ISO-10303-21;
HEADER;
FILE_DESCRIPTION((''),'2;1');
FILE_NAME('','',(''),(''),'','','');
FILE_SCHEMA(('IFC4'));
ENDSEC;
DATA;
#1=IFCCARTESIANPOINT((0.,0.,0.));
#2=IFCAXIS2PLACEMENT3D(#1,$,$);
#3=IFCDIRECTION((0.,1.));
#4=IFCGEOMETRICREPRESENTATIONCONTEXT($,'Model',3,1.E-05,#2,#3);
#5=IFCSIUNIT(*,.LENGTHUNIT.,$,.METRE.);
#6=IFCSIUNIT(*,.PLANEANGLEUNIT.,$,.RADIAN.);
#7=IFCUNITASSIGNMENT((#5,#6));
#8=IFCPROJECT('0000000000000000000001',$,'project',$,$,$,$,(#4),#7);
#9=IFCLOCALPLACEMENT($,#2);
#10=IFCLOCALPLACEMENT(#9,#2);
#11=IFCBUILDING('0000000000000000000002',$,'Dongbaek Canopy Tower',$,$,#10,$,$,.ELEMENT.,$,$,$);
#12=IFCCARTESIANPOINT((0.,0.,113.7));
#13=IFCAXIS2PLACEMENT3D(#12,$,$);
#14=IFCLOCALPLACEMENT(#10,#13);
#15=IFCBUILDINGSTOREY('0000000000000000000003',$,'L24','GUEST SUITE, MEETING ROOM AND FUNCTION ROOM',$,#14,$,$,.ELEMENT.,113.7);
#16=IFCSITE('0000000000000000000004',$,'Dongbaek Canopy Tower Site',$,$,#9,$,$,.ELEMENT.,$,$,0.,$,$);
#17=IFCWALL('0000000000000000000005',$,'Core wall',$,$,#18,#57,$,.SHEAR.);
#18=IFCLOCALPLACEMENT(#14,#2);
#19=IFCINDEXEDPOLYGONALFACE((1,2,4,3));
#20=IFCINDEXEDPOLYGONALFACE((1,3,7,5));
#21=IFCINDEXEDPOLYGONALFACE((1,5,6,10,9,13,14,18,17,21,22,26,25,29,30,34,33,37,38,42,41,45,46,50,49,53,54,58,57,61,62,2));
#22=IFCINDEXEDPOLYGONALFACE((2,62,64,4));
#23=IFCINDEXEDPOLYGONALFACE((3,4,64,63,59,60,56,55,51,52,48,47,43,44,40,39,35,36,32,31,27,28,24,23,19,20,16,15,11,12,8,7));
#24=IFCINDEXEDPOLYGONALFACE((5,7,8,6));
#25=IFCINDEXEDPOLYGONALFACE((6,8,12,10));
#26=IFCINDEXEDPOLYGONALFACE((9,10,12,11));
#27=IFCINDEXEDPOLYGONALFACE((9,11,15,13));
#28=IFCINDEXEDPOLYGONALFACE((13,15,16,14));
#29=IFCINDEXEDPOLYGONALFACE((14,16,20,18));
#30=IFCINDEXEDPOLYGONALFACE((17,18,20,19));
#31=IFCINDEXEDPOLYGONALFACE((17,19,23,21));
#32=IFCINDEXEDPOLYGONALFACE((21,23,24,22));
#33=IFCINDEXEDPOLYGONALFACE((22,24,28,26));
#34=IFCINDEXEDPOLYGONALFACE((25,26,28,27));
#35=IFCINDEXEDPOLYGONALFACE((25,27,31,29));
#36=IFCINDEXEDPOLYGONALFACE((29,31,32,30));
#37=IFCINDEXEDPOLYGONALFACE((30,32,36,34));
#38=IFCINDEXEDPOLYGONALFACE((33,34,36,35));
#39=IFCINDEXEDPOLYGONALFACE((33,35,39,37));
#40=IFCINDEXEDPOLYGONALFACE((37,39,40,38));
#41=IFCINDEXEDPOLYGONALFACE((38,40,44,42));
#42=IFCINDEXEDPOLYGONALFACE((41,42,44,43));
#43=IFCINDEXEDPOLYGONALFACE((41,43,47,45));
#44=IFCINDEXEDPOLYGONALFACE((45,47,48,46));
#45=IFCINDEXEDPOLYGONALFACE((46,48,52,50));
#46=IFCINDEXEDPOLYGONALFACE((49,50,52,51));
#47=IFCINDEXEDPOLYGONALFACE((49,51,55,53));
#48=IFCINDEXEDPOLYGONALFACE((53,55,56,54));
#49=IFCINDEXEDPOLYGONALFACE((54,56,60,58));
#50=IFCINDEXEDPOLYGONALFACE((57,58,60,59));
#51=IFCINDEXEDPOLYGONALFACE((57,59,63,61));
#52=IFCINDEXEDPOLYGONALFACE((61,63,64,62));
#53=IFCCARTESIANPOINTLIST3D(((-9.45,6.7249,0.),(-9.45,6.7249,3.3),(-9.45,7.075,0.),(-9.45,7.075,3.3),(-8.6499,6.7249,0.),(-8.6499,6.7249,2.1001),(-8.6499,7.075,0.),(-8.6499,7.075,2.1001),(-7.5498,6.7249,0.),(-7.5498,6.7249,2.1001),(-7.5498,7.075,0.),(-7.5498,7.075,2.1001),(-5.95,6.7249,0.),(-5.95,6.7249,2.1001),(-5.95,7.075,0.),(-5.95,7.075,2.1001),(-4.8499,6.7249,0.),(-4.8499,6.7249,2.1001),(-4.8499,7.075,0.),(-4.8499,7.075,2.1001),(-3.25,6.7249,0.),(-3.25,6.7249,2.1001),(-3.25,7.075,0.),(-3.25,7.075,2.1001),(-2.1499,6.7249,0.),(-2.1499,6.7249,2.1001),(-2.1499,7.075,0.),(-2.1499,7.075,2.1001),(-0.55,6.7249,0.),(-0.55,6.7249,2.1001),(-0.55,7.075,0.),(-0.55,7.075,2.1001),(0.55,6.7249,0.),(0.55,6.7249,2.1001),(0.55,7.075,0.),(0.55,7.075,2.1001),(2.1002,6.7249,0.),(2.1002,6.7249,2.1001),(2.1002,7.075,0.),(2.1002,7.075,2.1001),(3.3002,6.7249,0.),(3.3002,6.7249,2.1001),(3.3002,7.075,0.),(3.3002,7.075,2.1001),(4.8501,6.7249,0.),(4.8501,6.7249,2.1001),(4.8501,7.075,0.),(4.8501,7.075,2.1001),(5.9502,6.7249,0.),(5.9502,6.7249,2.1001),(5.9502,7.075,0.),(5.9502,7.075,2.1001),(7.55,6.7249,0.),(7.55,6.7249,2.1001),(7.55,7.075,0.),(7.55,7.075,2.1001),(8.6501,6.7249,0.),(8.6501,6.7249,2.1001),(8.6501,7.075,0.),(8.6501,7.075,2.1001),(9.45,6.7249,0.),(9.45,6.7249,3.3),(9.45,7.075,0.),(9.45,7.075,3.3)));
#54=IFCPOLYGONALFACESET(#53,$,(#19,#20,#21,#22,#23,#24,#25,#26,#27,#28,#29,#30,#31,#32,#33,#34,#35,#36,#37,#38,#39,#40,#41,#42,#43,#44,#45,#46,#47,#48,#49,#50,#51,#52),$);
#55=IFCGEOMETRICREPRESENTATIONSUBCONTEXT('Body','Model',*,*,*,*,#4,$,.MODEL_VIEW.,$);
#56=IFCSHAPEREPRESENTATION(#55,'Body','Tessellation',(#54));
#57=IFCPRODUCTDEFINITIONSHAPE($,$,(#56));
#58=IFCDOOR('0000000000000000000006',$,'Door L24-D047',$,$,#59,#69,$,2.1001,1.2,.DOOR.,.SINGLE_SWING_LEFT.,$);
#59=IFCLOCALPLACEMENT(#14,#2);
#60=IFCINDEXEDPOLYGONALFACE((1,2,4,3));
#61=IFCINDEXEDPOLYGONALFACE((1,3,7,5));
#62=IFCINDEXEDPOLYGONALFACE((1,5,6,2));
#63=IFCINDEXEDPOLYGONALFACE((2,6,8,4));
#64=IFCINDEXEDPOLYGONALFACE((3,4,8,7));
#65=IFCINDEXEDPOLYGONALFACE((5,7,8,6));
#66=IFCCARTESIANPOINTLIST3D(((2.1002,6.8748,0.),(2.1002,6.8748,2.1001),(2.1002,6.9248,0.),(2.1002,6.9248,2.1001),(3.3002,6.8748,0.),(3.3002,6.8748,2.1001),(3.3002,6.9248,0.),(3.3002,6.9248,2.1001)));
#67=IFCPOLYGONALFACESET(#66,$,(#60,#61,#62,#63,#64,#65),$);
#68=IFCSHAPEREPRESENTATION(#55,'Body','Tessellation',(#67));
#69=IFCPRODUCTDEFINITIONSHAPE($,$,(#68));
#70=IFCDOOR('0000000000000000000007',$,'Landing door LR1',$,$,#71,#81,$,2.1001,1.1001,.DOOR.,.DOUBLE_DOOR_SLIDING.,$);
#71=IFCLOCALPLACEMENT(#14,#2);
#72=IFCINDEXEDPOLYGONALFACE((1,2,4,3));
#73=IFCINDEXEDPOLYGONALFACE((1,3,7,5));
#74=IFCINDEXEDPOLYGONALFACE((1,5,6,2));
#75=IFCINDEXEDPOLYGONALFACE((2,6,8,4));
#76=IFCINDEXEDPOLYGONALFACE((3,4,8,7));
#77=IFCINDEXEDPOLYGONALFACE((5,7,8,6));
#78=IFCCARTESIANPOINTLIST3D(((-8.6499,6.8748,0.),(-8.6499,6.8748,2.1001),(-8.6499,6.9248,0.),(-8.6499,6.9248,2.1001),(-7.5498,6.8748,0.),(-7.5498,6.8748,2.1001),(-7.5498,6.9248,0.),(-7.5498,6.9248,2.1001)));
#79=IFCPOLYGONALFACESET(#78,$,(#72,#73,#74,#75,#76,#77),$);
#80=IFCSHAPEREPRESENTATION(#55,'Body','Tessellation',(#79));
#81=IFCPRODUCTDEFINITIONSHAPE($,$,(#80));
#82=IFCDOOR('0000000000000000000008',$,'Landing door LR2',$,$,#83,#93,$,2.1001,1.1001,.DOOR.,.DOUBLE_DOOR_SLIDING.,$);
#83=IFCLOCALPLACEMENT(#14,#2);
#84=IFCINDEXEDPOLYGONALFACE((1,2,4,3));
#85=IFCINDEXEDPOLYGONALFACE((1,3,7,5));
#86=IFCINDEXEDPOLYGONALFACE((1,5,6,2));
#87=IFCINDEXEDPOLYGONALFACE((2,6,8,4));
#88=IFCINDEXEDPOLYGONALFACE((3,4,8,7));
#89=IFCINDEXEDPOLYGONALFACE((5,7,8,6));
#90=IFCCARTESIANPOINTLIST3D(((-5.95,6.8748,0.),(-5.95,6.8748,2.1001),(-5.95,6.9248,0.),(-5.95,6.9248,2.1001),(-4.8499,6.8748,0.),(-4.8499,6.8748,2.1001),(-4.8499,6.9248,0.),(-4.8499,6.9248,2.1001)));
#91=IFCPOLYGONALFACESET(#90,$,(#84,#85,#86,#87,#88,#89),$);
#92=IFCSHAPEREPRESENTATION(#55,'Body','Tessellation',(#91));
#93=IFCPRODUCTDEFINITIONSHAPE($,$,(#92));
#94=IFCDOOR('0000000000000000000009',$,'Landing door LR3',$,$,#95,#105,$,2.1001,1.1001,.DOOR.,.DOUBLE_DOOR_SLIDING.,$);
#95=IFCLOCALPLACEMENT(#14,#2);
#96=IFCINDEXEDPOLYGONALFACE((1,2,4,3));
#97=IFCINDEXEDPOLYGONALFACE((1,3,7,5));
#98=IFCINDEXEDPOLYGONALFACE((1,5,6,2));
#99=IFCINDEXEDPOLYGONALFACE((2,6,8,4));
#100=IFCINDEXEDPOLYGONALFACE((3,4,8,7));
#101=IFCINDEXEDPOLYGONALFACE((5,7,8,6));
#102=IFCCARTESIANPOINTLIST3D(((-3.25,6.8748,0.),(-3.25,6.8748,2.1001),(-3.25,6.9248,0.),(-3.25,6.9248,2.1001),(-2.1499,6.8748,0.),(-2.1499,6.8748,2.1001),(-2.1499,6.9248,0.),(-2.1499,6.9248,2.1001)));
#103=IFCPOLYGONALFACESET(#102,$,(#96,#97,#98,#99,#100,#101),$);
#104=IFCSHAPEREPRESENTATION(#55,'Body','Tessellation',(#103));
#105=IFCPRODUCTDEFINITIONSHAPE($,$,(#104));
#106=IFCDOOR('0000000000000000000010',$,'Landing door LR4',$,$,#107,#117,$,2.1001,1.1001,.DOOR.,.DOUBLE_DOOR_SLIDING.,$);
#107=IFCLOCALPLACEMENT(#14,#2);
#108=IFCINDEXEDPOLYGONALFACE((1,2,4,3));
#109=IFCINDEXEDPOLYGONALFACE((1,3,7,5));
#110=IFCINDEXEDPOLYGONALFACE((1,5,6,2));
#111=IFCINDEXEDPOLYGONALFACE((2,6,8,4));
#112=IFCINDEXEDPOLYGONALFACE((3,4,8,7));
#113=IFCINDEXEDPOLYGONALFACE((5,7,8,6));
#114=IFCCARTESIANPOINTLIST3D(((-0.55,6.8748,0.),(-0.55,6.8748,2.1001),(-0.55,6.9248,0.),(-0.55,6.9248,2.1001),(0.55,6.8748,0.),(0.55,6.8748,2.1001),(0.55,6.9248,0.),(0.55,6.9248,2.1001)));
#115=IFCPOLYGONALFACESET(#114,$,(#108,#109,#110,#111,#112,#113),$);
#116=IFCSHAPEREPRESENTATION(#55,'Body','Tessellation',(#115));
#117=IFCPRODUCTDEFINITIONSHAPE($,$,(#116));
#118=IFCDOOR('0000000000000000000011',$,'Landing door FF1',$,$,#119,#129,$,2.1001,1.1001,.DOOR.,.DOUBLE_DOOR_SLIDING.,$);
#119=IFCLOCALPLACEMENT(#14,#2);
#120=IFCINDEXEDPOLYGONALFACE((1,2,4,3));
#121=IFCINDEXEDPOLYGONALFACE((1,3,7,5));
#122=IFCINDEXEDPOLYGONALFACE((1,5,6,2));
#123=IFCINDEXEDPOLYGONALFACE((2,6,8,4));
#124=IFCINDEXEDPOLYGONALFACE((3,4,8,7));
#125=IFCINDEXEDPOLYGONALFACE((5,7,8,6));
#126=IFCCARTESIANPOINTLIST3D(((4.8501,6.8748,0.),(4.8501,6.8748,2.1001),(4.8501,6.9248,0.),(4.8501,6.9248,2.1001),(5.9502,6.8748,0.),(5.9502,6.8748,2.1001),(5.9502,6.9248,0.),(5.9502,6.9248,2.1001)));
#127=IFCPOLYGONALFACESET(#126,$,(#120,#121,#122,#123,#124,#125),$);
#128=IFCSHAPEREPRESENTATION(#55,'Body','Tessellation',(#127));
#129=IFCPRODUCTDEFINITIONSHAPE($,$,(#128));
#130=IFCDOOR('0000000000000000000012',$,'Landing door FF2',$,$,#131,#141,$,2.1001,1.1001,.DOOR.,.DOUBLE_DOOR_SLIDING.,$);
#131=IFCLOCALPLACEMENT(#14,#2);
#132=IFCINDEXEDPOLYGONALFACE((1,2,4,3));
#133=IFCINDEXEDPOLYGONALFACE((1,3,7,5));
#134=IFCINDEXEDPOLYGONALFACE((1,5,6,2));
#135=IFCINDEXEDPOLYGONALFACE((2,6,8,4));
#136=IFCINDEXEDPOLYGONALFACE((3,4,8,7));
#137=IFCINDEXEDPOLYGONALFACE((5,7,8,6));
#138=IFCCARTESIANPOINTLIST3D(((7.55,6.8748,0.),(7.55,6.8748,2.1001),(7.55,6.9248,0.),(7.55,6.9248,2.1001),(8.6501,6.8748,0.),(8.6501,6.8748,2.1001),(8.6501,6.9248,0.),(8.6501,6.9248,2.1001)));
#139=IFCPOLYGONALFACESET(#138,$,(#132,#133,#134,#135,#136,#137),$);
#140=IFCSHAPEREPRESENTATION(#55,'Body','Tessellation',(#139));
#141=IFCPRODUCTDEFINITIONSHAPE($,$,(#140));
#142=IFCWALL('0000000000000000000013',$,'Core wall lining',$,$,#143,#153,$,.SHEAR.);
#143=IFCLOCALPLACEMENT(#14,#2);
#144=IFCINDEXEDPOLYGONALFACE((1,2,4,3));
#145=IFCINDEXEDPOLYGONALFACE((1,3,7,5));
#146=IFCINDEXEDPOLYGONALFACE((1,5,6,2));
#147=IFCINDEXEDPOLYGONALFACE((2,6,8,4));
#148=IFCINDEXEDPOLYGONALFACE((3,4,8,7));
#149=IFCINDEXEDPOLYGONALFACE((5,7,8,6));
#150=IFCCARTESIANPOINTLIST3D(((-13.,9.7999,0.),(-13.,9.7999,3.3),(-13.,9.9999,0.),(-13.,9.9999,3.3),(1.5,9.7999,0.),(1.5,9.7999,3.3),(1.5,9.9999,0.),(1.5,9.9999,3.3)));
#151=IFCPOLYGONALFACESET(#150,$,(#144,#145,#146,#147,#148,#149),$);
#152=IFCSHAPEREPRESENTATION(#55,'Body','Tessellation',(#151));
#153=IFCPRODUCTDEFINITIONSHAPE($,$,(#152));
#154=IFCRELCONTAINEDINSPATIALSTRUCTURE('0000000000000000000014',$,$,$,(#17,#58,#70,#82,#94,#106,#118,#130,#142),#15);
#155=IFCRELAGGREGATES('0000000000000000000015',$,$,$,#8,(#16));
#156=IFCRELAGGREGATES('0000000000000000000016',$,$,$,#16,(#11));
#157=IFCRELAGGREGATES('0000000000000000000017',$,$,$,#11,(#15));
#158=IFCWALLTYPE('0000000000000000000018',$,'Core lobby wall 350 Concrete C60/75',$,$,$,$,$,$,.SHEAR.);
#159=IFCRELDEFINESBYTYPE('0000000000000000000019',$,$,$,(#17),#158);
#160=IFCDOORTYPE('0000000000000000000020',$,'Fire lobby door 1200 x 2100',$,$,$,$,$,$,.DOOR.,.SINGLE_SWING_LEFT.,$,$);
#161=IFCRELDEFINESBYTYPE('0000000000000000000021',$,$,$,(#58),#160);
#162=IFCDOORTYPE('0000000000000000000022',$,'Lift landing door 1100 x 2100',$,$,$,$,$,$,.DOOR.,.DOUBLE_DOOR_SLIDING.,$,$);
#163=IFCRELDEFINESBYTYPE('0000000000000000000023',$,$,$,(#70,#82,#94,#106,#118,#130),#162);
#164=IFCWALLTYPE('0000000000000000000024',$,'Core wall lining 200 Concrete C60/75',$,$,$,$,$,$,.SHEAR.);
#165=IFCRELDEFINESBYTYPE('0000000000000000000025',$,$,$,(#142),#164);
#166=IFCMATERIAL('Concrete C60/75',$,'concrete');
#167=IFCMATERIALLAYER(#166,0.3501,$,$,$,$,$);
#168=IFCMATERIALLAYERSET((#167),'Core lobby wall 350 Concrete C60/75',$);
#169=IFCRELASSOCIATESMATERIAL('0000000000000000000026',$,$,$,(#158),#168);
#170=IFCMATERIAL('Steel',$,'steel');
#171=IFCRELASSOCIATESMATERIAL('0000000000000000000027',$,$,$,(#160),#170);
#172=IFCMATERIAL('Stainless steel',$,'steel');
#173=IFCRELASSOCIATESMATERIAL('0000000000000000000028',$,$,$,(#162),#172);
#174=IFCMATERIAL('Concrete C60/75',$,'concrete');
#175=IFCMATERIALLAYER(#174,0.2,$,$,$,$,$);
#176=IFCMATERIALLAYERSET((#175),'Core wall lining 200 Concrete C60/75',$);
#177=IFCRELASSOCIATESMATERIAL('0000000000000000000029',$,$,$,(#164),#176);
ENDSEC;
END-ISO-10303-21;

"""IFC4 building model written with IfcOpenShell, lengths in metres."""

from ifc_helpers import new_model, si_unit, direction, frame, frame_2d, origin, place, context, subcontext, project, spatial, rectangle, extrude, material, layer, layer_set, type_object, element, fill, save


model = new_model("IFC4")

# Units and contexts
model_context = context("Model", 3, precision=1e-05, world=origin(), true_north=direction((0.0, 1.0)))
body_context = subcontext(model_context, "Body", "Model", "MODEL_VIEW")
ifc_project = project(units=[si_unit("LENGTHUNIT", "METRE"), si_unit("PLANEANGLEUNIT", "RADIAN")], contexts=[model_context])

# Site, building, storey
site_placement = place(None, origin())
site = spatial("IfcSite", under=ifc_project, at=site_placement, Name="Dongbaek Canopy Tower Site", CompositionType="ELEMENT", RefElevation=0.0)
building_placement = place(site_placement, origin())
building = spatial("IfcBuilding", under=site, at=building_placement, Name="Dongbaek Canopy Tower", CompositionType="ELEMENT")
storey_placement = place(building_placement, frame((0.0, 0.0, 113.7)))
storey = spatial("IfcBuildingStorey", under=building, at=storey_placement, Name="L24", Description="GUEST SUITE, MEETING ROOM AND FUNCTION ROOM", CompositionType="ELEMENT", Elevation=113.7)

# Wall, openings, doors
ifc_material_1 = material(Name="Concrete C60/75", Category="concrete")
ifc_layer_1 = layer(ifc_material_1, 0.3501)
ifc_layer_set_1 = layer_set([ifc_layer_1], Name="Core lobby wall 350 Concrete C60/75")
wall_type_1 = type_object("IfcWallType", Name="Core lobby wall 350 Concrete C60/75", PredefinedType="SHEAR", material=ifc_layer_set_1)
wall_1_placement = place(storey_placement, frame((-9.45, 6.8999, 0.0), z_axis=(0.0, 0.0, 1.0), x_axis=(1.0, 0.0, 0.0)))
wall_1 = element("IfcWall", 1, at=wall_1_placement, inside=storey, type_object=wall_type_1, Name="Core wall", PredefinedType="SHEAR", context=body_context, shape_type="SweptSolid", body=[
    extrude(rectangle(XDim=18.8999, YDim=0.3501, at=frame_2d((9.45, 0.0))), origin(), (0.0, 0.0, 1.0), 3.3),
])
opening_1_placement = place(wall_1_placement, frame((0.8, 0.0, 0.0)))
opening_1 = element("IfcOpeningElement", 2, at=opening_1_placement, cuts=wall_1, PredefinedType="OPENING", context=body_context, shape_type="SweptSolid", body=[
    extrude(rectangle(XDim=1.1001, YDim=2.1001, at=frame_2d((0.55, 1.05))), frame((0.0, 0.1851, 0.0), z_axis=(0.0, -1.0, 0.0), x_axis=(1.0, 0.0, 0.0)), (0.0, 0.0, 1.0), 0.3701),
])
opening_2_placement = place(wall_1_placement, frame((3.5, 0.0, 0.0)))
opening_2 = element("IfcOpeningElement", 3, at=opening_2_placement, cuts=wall_1, PredefinedType="OPENING", context=body_context, shape_type="SweptSolid", body=[
    extrude(rectangle(XDim=1.1001, YDim=2.1001, at=frame_2d((0.55, 1.05))), frame((0.0, 0.1851, 0.0), z_axis=(0.0, -1.0, 0.0), x_axis=(1.0, 0.0, 0.0)), (0.0, 0.0, 1.0), 0.3701),
])
opening_3_placement = place(wall_1_placement, frame((6.2, 0.0, 0.0)))
opening_3 = element("IfcOpeningElement", 4, at=opening_3_placement, cuts=wall_1, PredefinedType="OPENING", context=body_context, shape_type="SweptSolid", body=[
    extrude(rectangle(XDim=1.1001, YDim=2.1001, at=frame_2d((0.55, 1.05))), frame((0.0, 0.1851, 0.0), z_axis=(0.0, -1.0, 0.0), x_axis=(1.0, 0.0, 0.0)), (0.0, 0.0, 1.0), 0.3701),
])
opening_4_placement = place(wall_1_placement, frame((8.8999, 0.0, 0.0)))
opening_4 = element("IfcOpeningElement", 5, at=opening_4_placement, cuts=wall_1, PredefinedType="OPENING", context=body_context, shape_type="SweptSolid", body=[
    extrude(rectangle(XDim=1.1001, YDim=2.1001, at=frame_2d((0.55, 1.05))), frame((0.0, 0.1851, 0.0), z_axis=(0.0, -1.0, 0.0), x_axis=(1.0, 0.0, 0.0)), (0.0, 0.0, 1.0), 0.3701),
])
opening_5_placement = place(wall_1_placement, frame((11.55, 0.0, 0.0)))
opening_5 = element("IfcOpeningElement", 6, at=opening_5_placement, cuts=wall_1, PredefinedType="OPENING", context=body_context, shape_type="SweptSolid", body=[
    extrude(rectangle(XDim=1.2, YDim=2.1001, at=frame_2d((0.6001, 1.05))), frame((0.0, 0.1851, 0.0), z_axis=(0.0, -1.0, 0.0), x_axis=(1.0, 0.0, 0.0)), (0.0, 0.0, 1.0), 0.3701),
])
opening_6_placement = place(wall_1_placement, frame((14.3, 0.0, 0.0)))
opening_6 = element("IfcOpeningElement", 7, at=opening_6_placement, cuts=wall_1, PredefinedType="OPENING", context=body_context, shape_type="SweptSolid", body=[
    extrude(rectangle(XDim=1.1001, YDim=2.1001, at=frame_2d((0.55, 1.05))), frame((0.0, 0.1851, 0.0), z_axis=(0.0, -1.0, 0.0), x_axis=(1.0, 0.0, 0.0)), (0.0, 0.0, 1.0), 0.3701),
])
opening_7_placement = place(wall_1_placement, frame((17.0, 0.0, 0.0)))
opening_7 = element("IfcOpeningElement", 8, at=opening_7_placement, cuts=wall_1, PredefinedType="OPENING", context=body_context, shape_type="SweptSolid", body=[
    extrude(rectangle(XDim=1.1001, YDim=2.1001, at=frame_2d((0.55, 1.05))), frame((0.0, 0.1851, 0.0), z_axis=(0.0, -1.0, 0.0), x_axis=(1.0, 0.0, 0.0)), (0.0, 0.0, 1.0), 0.3701),
])
ifc_material_2 = material(Name="Steel", Category="steel")
door_type_1 = type_object("IfcDoorType", Name="Fire lobby door 1200 x 2100", OperationType="SINGLE_SWING_LEFT", PredefinedType="DOOR", material=ifc_material_2)
door_1_placement = place(opening_5_placement, origin())
door_1 = element("IfcDoor", 9, at=door_1_placement, inside=storey, type_object=door_type_1, Name="Door L24-D047", OperationType="SINGLE_SWING_LEFT", OverallHeight=2.1001, OverallWidth=1.2, PredefinedType="DOOR", context=body_context, shape_type="SweptSolid", body=[
    extrude(rectangle(XDim=1.2, YDim=2.1001, at=frame_2d((0.6001, 1.05))), frame((0.0, 0.0249, 0.0), z_axis=(0.0, -1.0, 0.0), x_axis=(1.0, 0.0, 0.0)), (0.0, 0.0, 1.0), 0.05),
])
fill(opening_5, door_1)
ifc_material_3 = material(Name="Stainless steel", Category="steel")
door_type_2 = type_object("IfcDoorType", Name="Lift landing door 1100 x 2100", OperationType="DOUBLE_DOOR_SLIDING", PredefinedType="DOOR", material=ifc_material_3)
door_2_placement = place(opening_1_placement, origin())
door_2 = element("IfcDoor", 10, at=door_2_placement, inside=storey, type_object=door_type_2, Name="Landing door LR1", OperationType="DOUBLE_DOOR_SLIDING", OverallHeight=2.1001, OverallWidth=1.1001, PredefinedType="DOOR", context=body_context, shape_type="SweptSolid", body=[
    extrude(rectangle(XDim=1.1001, YDim=2.1001, at=frame_2d((0.55, 1.05))), frame((0.0, 0.0249, 0.0), z_axis=(0.0, -1.0, 0.0), x_axis=(1.0, 0.0, 0.0)), (0.0, 0.0, 1.0), 0.05),
])
fill(opening_1, door_2)
door_3_placement = place(opening_2_placement, origin())
door_3 = element("IfcDoor", 11, at=door_3_placement, inside=storey, type_object=door_type_2, Name="Landing door LR2", OperationType="DOUBLE_DOOR_SLIDING", OverallHeight=2.1001, OverallWidth=1.1001, PredefinedType="DOOR", context=body_context, shape_type="SweptSolid", body=[
    extrude(rectangle(XDim=1.1001, YDim=2.1001, at=frame_2d((0.55, 1.05))), frame((0.0, 0.0249, 0.0), z_axis=(0.0, -1.0, 0.0), x_axis=(1.0, 0.0, 0.0)), (0.0, 0.0, 1.0), 0.05),
])
fill(opening_2, door_3)
door_4_placement = place(opening_3_placement, origin())
door_4 = element("IfcDoor", 12, at=door_4_placement, inside=storey, type_object=door_type_2, Name="Landing door LR3", OperationType="DOUBLE_DOOR_SLIDING", OverallHeight=2.1001, OverallWidth=1.1001, PredefinedType="DOOR", context=body_context, shape_type="SweptSolid", body=[
    extrude(rectangle(XDim=1.1001, YDim=2.1001, at=frame_2d((0.55, 1.05))), frame((0.0, 0.0249, 0.0), z_axis=(0.0, -1.0, 0.0), x_axis=(1.0, 0.0, 0.0)), (0.0, 0.0, 1.0), 0.05),
])
fill(opening_3, door_4)
door_5_placement = place(opening_4_placement, origin())
door_5 = element("IfcDoor", 13, at=door_5_placement, inside=storey, type_object=door_type_2, Name="Landing door LR4", OperationType="DOUBLE_DOOR_SLIDING", OverallHeight=2.1001, OverallWidth=1.1001, PredefinedType="DOOR", context=body_context, shape_type="SweptSolid", body=[
    extrude(rectangle(XDim=1.1001, YDim=2.1001, at=frame_2d((0.55, 1.05))), frame((0.0, 0.0249, 0.0), z_axis=(0.0, -1.0, 0.0), x_axis=(1.0, 0.0, 0.0)), (0.0, 0.0, 1.0), 0.05),
])
fill(opening_4, door_5)
door_6_placement = place(opening_6_placement, origin())
door_6 = element("IfcDoor", 14, at=door_6_placement, inside=storey, type_object=door_type_2, Name="Landing door FF1", OperationType="DOUBLE_DOOR_SLIDING", OverallHeight=2.1001, OverallWidth=1.1001, PredefinedType="DOOR", context=body_context, shape_type="SweptSolid", body=[
    extrude(rectangle(XDim=1.1001, YDim=2.1001, at=frame_2d((0.55, 1.05))), frame((0.0, 0.0249, 0.0), z_axis=(0.0, -1.0, 0.0), x_axis=(1.0, 0.0, 0.0)), (0.0, 0.0, 1.0), 0.05),
])
fill(opening_6, door_6)
door_7_placement = place(opening_7_placement, origin())
door_7 = element("IfcDoor", 15, at=door_7_placement, inside=storey, type_object=door_type_2, Name="Landing door FF2", OperationType="DOUBLE_DOOR_SLIDING", OverallHeight=2.1001, OverallWidth=1.1001, PredefinedType="DOOR", context=body_context, shape_type="SweptSolid", body=[
    extrude(rectangle(XDim=1.1001, YDim=2.1001, at=frame_2d((0.55, 1.05))), frame((0.0, 0.0249, 0.0), z_axis=(0.0, -1.0, 0.0), x_axis=(1.0, 0.0, 0.0)), (0.0, 0.0, 1.0), 0.05),
])
fill(opening_7, door_7)

# Wall
ifc_material_4 = material(Name="Concrete C60/75", Category="concrete")
ifc_layer_2 = layer(ifc_material_4, 0.2)
ifc_layer_set_2 = layer_set([ifc_layer_2], Name="Core wall lining 200 Concrete C60/75")
wall_type_2 = type_object("IfcWallType", Name="Core wall lining 200 Concrete C60/75", PredefinedType="SHEAR", material=ifc_layer_set_2)
wall_2_placement = place(storey_placement, frame((-13.0, 9.8999, 0.0), z_axis=(0.0, 0.0, 1.0), x_axis=(1.0, 0.0, 0.0)))
element("IfcWall", 16, at=wall_2_placement, inside=storey, type_object=wall_type_2, Name="Core wall lining", PredefinedType="SHEAR", context=body_context, shape_type="SweptSolid", body=[
    extrude(rectangle(XDim=14.5, YDim=0.2, at=frame_2d((7.25, 0.0))), origin(), (0.0, 0.0, 1.0), 3.3),
])

save(model, "model.ifc")
